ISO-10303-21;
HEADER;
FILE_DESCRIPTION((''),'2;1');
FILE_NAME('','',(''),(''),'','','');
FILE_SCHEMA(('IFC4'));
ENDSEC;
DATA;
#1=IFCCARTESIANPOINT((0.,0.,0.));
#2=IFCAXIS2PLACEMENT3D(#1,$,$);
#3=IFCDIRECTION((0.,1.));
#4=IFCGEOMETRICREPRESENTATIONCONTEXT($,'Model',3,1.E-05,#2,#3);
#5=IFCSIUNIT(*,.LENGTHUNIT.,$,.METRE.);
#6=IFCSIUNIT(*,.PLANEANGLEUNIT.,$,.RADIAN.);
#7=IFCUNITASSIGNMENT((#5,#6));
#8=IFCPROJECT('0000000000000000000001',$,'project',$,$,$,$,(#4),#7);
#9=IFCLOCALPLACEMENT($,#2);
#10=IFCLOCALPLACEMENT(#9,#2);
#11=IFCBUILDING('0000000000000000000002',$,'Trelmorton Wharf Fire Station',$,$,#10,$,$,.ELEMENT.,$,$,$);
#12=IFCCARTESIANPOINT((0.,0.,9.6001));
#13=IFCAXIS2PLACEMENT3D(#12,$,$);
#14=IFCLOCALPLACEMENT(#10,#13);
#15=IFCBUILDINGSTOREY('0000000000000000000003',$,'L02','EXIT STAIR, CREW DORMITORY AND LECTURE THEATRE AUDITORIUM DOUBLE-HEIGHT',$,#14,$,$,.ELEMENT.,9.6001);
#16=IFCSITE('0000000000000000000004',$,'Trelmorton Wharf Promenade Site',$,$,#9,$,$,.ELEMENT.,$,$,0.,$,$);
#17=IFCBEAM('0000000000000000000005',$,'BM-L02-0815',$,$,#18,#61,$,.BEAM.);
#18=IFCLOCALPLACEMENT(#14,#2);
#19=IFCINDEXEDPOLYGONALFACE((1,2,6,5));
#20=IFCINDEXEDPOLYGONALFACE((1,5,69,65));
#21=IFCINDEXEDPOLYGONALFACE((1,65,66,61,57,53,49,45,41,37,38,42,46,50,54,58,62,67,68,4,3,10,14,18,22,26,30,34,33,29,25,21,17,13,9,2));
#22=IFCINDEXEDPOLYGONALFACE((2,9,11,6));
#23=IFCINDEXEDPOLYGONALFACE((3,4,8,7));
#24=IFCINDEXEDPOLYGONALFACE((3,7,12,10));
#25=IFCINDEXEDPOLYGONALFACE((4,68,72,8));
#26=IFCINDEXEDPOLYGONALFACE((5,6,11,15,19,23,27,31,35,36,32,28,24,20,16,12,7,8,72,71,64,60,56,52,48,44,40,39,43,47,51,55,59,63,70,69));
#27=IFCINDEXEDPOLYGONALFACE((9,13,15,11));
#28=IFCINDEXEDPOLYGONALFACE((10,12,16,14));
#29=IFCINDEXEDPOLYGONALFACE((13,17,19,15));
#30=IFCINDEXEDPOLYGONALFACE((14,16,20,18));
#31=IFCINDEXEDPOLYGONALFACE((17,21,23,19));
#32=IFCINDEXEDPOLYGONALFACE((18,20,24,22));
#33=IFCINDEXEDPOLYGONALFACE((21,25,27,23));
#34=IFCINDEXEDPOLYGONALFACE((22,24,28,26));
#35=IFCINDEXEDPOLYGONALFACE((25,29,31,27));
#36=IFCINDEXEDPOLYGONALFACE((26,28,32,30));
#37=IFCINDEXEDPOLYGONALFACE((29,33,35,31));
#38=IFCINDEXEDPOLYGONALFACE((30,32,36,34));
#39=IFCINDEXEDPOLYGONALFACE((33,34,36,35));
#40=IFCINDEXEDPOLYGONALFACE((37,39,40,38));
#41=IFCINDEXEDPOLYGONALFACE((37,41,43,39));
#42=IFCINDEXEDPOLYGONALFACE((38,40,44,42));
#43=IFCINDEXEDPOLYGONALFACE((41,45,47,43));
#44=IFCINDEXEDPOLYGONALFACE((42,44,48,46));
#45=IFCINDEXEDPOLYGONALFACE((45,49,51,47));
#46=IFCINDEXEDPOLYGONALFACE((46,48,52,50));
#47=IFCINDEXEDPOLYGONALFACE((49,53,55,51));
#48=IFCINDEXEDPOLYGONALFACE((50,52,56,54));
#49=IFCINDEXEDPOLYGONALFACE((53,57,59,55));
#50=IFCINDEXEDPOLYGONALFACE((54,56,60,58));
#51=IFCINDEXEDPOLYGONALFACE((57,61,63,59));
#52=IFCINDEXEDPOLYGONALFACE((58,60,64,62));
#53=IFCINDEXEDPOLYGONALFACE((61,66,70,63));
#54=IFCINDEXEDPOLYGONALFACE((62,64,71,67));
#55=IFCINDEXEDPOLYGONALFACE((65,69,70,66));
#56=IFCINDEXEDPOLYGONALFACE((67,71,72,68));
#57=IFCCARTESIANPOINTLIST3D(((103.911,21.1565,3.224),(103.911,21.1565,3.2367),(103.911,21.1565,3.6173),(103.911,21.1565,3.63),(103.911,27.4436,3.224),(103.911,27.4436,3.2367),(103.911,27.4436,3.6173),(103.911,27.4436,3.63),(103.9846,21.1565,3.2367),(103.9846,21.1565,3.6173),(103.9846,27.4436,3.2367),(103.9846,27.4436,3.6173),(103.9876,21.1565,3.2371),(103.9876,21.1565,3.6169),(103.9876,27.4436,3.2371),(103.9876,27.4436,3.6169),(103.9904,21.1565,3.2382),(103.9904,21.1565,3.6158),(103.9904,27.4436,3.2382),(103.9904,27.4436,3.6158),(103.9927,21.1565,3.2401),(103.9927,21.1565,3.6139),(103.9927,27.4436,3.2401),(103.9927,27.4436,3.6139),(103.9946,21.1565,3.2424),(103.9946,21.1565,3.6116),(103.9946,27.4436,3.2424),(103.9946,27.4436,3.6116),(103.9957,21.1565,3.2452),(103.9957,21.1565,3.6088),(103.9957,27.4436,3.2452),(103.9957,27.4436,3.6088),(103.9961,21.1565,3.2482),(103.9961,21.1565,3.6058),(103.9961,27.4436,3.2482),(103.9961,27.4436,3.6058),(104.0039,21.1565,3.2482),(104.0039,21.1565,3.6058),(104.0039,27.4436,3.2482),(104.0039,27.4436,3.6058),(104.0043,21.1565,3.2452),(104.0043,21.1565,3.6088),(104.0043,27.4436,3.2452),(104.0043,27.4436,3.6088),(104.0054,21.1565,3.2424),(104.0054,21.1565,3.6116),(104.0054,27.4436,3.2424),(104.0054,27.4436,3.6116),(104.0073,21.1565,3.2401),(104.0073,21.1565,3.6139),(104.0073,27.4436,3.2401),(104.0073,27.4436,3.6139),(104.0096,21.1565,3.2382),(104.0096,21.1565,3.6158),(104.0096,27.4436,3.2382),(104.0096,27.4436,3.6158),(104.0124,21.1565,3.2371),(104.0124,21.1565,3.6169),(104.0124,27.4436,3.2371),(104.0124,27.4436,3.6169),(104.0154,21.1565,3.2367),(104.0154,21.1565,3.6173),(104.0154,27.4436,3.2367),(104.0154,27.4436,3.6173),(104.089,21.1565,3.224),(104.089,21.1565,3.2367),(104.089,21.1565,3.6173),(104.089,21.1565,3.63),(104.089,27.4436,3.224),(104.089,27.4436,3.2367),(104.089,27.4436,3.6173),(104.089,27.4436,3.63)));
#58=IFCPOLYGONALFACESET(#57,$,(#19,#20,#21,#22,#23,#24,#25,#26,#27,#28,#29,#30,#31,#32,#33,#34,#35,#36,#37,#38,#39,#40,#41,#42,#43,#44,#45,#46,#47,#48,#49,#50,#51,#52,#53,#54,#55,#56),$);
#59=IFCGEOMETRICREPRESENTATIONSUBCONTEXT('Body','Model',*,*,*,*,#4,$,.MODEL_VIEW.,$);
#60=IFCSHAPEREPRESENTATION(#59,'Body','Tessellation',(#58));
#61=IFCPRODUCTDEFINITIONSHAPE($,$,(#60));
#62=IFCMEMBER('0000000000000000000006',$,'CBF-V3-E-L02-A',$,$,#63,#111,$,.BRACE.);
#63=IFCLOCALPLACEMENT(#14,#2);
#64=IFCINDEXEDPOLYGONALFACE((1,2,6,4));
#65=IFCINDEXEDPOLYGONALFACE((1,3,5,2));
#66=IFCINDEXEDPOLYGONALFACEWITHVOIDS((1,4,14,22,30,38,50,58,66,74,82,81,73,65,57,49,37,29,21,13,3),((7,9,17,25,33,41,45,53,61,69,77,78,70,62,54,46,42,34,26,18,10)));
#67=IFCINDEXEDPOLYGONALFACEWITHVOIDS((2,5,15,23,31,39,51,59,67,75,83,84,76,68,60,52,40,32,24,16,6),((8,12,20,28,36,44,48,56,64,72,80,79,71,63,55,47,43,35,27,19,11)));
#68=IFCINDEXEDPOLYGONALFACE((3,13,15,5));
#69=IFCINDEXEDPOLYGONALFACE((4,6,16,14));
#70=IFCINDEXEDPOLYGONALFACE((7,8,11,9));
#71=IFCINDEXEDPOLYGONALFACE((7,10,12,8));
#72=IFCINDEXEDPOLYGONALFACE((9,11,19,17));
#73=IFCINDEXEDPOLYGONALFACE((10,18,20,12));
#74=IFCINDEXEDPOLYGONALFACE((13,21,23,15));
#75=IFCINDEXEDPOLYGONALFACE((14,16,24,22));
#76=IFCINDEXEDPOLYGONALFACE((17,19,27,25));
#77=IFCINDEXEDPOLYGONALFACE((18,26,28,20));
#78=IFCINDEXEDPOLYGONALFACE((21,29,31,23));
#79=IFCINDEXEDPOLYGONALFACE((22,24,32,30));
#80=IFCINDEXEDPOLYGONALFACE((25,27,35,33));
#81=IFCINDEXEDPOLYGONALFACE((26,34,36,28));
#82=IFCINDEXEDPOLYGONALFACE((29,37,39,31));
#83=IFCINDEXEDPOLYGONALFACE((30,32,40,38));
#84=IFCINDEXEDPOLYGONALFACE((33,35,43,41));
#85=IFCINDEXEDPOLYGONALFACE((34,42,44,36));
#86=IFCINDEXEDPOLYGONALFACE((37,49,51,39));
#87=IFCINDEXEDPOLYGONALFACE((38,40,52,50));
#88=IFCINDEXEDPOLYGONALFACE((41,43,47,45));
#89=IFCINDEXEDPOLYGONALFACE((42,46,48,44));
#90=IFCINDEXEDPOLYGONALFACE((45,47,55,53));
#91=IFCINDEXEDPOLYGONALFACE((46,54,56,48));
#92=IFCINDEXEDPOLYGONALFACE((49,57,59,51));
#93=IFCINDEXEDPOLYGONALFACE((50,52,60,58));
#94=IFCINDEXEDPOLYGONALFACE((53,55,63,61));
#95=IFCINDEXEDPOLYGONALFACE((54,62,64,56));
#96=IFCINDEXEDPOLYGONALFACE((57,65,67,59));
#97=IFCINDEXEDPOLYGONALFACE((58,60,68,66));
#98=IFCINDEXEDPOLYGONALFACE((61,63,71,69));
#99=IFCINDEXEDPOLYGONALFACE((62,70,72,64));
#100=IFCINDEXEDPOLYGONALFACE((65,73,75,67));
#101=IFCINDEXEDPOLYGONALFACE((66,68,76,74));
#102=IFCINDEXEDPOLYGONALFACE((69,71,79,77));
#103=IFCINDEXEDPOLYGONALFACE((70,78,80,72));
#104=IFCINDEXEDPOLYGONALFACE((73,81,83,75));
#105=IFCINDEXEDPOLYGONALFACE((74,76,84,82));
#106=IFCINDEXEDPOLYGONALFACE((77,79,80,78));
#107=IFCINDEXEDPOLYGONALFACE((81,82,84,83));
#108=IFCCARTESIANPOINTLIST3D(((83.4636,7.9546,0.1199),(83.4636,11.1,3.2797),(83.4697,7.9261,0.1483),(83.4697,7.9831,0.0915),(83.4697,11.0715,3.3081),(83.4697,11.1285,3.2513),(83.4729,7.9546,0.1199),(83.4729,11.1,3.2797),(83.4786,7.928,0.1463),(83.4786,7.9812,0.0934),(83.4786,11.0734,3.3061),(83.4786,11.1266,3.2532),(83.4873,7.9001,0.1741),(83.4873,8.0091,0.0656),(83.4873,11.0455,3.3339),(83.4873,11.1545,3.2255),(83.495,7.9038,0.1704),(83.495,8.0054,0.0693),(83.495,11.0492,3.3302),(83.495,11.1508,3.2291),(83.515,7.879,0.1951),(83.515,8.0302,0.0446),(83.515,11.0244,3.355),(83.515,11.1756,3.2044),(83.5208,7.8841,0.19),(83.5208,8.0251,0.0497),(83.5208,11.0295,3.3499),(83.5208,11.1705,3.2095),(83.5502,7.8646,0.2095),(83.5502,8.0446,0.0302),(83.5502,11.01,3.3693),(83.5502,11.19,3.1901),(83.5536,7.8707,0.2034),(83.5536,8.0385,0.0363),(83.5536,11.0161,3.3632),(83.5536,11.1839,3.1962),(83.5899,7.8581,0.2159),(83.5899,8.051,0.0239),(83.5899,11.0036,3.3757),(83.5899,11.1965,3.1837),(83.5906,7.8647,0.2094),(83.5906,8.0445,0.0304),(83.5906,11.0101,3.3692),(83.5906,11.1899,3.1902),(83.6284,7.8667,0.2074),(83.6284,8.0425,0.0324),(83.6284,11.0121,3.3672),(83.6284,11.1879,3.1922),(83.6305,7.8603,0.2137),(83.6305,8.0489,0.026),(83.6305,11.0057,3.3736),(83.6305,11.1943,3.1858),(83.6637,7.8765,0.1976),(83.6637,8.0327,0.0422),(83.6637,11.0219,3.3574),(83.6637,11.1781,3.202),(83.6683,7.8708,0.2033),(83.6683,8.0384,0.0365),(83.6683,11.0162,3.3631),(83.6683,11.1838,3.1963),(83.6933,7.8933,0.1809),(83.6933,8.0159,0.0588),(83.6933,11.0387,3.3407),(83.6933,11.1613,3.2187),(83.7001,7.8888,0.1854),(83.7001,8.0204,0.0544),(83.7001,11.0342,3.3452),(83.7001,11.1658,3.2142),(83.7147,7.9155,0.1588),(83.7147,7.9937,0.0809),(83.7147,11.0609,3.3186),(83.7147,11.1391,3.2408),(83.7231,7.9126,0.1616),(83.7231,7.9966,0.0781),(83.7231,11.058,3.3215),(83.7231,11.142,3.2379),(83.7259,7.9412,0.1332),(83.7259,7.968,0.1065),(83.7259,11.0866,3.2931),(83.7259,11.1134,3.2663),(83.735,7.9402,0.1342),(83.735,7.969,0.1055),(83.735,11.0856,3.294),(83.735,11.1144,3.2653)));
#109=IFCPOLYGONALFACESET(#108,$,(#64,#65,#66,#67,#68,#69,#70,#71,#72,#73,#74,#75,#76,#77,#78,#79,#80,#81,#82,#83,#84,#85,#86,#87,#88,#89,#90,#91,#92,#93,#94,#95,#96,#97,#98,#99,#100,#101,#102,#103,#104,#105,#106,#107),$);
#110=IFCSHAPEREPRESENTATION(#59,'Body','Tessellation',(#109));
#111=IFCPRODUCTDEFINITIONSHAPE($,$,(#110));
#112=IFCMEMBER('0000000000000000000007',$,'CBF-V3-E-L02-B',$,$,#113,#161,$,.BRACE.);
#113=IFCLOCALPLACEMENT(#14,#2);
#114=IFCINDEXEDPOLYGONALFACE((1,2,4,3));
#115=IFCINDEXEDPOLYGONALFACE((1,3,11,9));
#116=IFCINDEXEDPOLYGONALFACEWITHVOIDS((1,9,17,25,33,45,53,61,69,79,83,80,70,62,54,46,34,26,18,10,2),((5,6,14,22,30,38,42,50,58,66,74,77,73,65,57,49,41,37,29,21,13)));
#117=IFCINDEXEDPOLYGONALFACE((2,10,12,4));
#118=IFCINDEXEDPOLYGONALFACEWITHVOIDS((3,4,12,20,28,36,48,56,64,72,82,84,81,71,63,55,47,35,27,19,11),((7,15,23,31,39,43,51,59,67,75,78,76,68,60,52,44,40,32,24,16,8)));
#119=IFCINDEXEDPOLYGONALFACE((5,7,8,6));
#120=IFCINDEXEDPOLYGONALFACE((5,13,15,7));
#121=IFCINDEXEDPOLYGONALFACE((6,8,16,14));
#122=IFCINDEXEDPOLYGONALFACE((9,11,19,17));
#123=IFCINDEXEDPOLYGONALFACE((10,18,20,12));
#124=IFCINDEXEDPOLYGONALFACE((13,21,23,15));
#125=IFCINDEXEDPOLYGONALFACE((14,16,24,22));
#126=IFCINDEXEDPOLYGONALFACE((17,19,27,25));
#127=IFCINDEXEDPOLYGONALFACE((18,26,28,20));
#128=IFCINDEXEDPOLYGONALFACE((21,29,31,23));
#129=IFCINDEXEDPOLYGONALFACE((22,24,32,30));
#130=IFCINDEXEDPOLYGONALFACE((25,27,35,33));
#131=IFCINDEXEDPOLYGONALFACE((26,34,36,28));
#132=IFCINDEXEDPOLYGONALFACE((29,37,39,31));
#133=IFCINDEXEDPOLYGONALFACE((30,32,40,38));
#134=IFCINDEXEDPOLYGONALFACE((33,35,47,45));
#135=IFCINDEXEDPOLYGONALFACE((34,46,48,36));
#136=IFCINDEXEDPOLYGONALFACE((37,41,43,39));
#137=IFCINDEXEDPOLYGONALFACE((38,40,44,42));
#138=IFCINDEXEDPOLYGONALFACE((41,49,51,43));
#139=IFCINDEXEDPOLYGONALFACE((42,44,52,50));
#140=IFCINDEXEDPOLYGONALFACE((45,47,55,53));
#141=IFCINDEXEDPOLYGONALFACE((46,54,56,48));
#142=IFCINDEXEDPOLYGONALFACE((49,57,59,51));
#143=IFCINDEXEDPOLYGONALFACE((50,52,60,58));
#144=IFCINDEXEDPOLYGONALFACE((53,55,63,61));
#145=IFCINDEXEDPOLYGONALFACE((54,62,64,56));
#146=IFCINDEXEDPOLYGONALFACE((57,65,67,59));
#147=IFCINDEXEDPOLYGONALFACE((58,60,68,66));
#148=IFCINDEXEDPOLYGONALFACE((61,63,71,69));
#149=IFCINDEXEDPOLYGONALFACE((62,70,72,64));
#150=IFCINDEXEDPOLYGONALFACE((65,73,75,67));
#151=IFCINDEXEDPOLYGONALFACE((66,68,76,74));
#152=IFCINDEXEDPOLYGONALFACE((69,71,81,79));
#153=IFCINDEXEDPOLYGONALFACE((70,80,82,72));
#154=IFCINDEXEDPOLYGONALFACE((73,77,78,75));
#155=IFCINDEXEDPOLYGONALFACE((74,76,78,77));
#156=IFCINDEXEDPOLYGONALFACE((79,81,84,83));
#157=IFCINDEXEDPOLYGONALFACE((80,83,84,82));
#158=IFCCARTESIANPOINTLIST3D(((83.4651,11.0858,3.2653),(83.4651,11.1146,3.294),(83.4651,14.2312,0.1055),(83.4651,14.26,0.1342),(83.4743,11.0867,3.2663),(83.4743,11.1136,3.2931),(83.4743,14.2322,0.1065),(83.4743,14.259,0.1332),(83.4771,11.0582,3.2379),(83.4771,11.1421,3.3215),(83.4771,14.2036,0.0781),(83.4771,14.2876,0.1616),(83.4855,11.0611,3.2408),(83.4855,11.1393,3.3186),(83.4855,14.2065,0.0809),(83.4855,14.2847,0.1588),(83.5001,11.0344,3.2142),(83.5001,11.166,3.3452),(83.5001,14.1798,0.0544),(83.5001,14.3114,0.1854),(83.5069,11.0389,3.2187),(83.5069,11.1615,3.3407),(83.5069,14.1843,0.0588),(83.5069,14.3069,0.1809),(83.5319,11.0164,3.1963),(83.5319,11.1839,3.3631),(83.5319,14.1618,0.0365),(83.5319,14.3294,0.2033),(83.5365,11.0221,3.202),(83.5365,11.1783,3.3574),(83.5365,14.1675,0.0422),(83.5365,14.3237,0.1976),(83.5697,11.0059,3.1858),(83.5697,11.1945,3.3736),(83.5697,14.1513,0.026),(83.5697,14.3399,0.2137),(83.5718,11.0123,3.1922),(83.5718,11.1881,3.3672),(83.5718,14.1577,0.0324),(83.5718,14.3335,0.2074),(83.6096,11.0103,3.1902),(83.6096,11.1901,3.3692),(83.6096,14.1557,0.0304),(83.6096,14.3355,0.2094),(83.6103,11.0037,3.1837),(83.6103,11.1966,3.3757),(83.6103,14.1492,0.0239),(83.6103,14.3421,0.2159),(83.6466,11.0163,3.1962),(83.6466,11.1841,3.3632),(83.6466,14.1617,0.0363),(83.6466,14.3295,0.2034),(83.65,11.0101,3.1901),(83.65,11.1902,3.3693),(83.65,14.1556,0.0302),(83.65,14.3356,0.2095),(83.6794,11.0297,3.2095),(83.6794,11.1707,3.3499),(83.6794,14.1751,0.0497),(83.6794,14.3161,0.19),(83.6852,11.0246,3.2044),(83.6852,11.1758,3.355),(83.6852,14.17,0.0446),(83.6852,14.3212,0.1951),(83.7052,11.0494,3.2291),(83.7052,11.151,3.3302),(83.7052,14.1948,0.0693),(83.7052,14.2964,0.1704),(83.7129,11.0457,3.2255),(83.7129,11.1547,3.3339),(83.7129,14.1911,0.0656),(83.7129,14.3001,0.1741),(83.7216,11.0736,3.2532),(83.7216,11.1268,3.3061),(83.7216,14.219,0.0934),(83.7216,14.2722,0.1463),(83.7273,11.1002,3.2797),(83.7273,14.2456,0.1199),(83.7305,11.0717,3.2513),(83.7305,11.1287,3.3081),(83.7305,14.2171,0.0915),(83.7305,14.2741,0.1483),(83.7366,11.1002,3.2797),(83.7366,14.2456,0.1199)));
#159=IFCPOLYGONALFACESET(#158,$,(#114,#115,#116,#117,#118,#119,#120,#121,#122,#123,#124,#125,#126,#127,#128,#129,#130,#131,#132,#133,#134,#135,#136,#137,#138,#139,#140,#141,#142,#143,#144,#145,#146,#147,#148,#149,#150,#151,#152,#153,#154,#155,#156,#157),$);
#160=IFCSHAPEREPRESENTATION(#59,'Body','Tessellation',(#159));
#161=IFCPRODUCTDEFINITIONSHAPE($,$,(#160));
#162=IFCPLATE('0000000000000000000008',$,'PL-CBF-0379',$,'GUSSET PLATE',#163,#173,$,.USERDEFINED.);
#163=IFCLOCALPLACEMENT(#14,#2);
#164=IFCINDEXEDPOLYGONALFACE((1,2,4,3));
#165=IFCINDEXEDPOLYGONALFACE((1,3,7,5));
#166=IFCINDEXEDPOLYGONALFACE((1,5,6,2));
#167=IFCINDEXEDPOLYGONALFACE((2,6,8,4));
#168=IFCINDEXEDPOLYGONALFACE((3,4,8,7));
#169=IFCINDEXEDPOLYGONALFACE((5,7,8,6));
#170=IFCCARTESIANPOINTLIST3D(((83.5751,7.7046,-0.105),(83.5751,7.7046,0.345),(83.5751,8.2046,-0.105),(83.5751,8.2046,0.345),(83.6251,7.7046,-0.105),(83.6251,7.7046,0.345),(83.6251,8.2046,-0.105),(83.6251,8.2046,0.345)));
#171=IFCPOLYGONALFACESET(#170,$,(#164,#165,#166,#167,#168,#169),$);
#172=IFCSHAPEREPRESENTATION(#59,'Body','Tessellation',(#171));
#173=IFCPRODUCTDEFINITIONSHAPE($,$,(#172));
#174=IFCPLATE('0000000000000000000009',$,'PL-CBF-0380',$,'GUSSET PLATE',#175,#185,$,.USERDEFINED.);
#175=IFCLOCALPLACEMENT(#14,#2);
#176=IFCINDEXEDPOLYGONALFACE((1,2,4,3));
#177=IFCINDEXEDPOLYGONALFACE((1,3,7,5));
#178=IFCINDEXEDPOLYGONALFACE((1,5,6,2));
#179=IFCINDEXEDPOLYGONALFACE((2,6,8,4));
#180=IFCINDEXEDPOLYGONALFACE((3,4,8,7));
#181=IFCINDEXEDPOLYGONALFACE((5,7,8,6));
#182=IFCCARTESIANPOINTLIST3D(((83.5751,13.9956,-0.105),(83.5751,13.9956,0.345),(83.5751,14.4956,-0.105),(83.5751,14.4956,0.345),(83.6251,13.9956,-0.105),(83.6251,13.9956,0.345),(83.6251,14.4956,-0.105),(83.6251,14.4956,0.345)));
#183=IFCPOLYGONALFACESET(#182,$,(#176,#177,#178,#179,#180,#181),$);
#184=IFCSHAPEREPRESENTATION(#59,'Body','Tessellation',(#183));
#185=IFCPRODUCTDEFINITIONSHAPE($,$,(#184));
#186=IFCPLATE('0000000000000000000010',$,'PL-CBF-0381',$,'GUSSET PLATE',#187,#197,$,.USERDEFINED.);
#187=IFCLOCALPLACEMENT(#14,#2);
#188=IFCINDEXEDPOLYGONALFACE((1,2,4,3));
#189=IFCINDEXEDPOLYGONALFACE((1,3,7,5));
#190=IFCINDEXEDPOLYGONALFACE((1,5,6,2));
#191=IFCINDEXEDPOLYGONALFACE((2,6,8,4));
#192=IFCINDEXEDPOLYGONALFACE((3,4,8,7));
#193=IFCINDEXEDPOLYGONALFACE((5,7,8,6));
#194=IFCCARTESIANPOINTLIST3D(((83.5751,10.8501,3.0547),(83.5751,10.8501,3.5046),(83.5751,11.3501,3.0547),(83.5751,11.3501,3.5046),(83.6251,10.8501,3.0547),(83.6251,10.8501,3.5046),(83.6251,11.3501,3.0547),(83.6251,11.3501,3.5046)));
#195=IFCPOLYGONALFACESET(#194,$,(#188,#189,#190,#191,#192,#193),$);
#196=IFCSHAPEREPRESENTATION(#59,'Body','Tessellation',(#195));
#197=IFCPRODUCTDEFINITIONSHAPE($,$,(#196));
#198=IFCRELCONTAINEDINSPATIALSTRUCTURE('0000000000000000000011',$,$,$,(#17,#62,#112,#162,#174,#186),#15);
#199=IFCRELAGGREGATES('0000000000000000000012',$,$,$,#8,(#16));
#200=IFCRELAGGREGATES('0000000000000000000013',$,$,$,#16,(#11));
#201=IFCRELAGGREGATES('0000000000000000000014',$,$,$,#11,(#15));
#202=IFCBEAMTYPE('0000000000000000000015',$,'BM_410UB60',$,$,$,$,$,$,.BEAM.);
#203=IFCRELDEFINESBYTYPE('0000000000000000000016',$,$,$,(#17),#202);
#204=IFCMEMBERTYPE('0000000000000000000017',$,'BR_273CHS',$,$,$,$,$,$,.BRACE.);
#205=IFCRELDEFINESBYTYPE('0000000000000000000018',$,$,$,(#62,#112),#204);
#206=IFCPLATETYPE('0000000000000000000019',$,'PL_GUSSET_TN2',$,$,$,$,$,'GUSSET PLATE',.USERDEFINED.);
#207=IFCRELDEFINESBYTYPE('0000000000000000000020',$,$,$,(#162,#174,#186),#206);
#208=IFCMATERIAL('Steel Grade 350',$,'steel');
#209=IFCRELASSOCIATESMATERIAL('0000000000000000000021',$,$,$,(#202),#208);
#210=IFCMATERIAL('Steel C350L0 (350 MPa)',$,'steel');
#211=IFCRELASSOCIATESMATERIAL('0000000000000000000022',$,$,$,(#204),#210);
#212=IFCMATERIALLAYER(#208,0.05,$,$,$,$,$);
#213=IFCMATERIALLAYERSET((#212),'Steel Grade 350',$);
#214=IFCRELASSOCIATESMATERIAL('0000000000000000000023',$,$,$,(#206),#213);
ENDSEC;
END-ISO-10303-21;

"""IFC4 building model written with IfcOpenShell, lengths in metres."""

from ifc_helpers import new_model, si_unit, direction, frame, origin, origin_2d, place, context, subcontext, project, spatial, rectangle, hollow_circle, i_section, extrude, material, layer, layer_set, material_profile, profile_set, type_object, element, save


model = new_model("IFC4")

# Units and contexts
model_context = context("Model", 3, precision=1e-05, world=origin(), true_north=direction((0.0, 1.0)))
body_context = subcontext(model_context, "Body", "Model", "MODEL_VIEW")
ifc_project = project(units=[si_unit("LENGTHUNIT", "METRE"), si_unit("PLANEANGLEUNIT", "RADIAN")], contexts=[model_context])

# Site, building, storey
site_placement = place(None, origin())
site = spatial("IfcSite", under=ifc_project, at=site_placement, Name="Trelmorton Wharf Promenade Site", CompositionType="ELEMENT", RefElevation=0.0)
building_placement = place(site_placement, origin())
building = spatial("IfcBuilding", under=site, at=building_placement, Name="Trelmorton Wharf Fire Station", CompositionType="ELEMENT")
storey_placement = place(building_placement, frame((0.0, 0.0, 9.6001)))
storey = spatial("IfcBuildingStorey", under=building, at=storey_placement, Name="L02", Description="EXIT STAIR, CREW DORMITORY AND LECTURE THEATRE AUDITORIUM DOUBLE-HEIGHT", CompositionType="ELEMENT", Elevation=9.6001)

# Shared definitions
ifc_material_1 = material(Name="Steel Grade 350", Category="steel")

# Beam
ifc_material_profile_1 = material_profile(ifc_material_1, i_section(OverallWidth=0.178, OverallDepth=0.406, WebThickness=0.0078, FlangeThickness=0.0127, FilletRadius=0.0115, at=origin_2d()), Name="410UB59.7")
ifc_profile_set_1 = profile_set([ifc_material_profile_1], Name="Steel Grade 350")
beam_type = type_object("IfcBeamType", Name="BM_410UB60", PredefinedType="BEAM", material=ifc_profile_set_1)
for number, where, z_axis, x_axis, name in (
    (1, (104.0, 21.1565, 3.427), (0.0, 1.0, 0.0), (-1.0, 0.0, 0.0), "BM-L02-0815"),
):
    element("IfcBeam", number, at=place(storey_placement, frame(where, z_axis=z_axis, x_axis=x_axis)), inside=storey, type_object=beam_type, Name=name, PredefinedType="BEAM", context=body_context, shape_type="SweptSolid", body=[
        extrude(i_section(OverallWidth=0.178, OverallDepth=0.406, WebThickness=0.0078, FlangeThickness=0.0127, FilletRadius=0.0115, at=origin_2d()), origin(), (0.0, 0.0, 1.0), 6.2871),
    ])

# Members
ifc_material_2 = material(Name="Steel C350L0 (350 MPa)", Category="steel")
ifc_material_profile_2 = material_profile(ifc_material_2, hollow_circle(Radius=0.1365, WallThickness=0.0093, at=origin_2d()), Name="273.1x9.3CHS")
ifc_profile_set_2 = profile_set([ifc_material_profile_2], Name="Steel C350L0 (350 MPa)")
member_type = type_object("IfcMemberType", Name="BR_273CHS", PredefinedType="BRACE", material=ifc_profile_set_2)
for number, where, z_axis, x_axis, name in (
    (2, (83.6001, 7.9546, 0.1199), (0.0, 0.70549, 0.70872), (-1.0, 0.0, 0.0), "CBF-V3-E-L02-A"),
    (3, (83.6001, 14.2456, 0.1199), (0.0, -0.70549, 0.70872), (1.0, 0.0, 0.0), "CBF-V3-E-L02-B"),
):
    element("IfcMember", number, at=place(storey_placement, frame(where, z_axis=z_axis, x_axis=x_axis)), inside=storey, type_object=member_type, Name=name, PredefinedType="BRACE", context=body_context, shape_type="SweptSolid", body=[
        extrude(hollow_circle(Radius=0.1365, WallThickness=0.0093, at=origin_2d()), origin(), (0.0, 0.0, 1.0), 4.4585),
    ])

# Plates
ifc_layer_1 = layer(ifc_material_1, 0.05)
ifc_layer_set_1 = layer_set([ifc_layer_1], Name="Steel Grade 350")
plate_type = type_object("IfcPlateType", Name="PL_GUSSET_TN2", ElementType="GUSSET PLATE", PredefinedType="USERDEFINED", material=ifc_layer_set_1)
for number, where, z_axis, x_axis, name in (
    (4, (83.6001, 7.9546, -0.105), (0.0, 0.0, 1.0), (1.0, 0.0, 0.0), "PL-CBF-0379"),
    (5, (83.6001, 14.2456, -0.105), (0.0, 0.0, 1.0), (1.0, 0.0, 0.0), "PL-CBF-0380"),
    (6, (83.6001, 11.1001, 3.0547), (0.0, 0.0, 1.0), (1.0, 0.0, 0.0), "PL-CBF-0381"),
):
    element("IfcPlate", number, at=place(storey_placement, frame(where, z_axis=z_axis, x_axis=x_axis)), inside=storey, type_object=plate_type, Name=name, ObjectType="GUSSET PLATE", PredefinedType="USERDEFINED", context=body_context, shape_type="SweptSolid", body=[
        extrude(rectangle(XDim=0.05, YDim=0.5, at=origin_2d()), origin(), (0.0, 0.0, 1.0), 0.45),
    ])

save(model, "model.ifc")
